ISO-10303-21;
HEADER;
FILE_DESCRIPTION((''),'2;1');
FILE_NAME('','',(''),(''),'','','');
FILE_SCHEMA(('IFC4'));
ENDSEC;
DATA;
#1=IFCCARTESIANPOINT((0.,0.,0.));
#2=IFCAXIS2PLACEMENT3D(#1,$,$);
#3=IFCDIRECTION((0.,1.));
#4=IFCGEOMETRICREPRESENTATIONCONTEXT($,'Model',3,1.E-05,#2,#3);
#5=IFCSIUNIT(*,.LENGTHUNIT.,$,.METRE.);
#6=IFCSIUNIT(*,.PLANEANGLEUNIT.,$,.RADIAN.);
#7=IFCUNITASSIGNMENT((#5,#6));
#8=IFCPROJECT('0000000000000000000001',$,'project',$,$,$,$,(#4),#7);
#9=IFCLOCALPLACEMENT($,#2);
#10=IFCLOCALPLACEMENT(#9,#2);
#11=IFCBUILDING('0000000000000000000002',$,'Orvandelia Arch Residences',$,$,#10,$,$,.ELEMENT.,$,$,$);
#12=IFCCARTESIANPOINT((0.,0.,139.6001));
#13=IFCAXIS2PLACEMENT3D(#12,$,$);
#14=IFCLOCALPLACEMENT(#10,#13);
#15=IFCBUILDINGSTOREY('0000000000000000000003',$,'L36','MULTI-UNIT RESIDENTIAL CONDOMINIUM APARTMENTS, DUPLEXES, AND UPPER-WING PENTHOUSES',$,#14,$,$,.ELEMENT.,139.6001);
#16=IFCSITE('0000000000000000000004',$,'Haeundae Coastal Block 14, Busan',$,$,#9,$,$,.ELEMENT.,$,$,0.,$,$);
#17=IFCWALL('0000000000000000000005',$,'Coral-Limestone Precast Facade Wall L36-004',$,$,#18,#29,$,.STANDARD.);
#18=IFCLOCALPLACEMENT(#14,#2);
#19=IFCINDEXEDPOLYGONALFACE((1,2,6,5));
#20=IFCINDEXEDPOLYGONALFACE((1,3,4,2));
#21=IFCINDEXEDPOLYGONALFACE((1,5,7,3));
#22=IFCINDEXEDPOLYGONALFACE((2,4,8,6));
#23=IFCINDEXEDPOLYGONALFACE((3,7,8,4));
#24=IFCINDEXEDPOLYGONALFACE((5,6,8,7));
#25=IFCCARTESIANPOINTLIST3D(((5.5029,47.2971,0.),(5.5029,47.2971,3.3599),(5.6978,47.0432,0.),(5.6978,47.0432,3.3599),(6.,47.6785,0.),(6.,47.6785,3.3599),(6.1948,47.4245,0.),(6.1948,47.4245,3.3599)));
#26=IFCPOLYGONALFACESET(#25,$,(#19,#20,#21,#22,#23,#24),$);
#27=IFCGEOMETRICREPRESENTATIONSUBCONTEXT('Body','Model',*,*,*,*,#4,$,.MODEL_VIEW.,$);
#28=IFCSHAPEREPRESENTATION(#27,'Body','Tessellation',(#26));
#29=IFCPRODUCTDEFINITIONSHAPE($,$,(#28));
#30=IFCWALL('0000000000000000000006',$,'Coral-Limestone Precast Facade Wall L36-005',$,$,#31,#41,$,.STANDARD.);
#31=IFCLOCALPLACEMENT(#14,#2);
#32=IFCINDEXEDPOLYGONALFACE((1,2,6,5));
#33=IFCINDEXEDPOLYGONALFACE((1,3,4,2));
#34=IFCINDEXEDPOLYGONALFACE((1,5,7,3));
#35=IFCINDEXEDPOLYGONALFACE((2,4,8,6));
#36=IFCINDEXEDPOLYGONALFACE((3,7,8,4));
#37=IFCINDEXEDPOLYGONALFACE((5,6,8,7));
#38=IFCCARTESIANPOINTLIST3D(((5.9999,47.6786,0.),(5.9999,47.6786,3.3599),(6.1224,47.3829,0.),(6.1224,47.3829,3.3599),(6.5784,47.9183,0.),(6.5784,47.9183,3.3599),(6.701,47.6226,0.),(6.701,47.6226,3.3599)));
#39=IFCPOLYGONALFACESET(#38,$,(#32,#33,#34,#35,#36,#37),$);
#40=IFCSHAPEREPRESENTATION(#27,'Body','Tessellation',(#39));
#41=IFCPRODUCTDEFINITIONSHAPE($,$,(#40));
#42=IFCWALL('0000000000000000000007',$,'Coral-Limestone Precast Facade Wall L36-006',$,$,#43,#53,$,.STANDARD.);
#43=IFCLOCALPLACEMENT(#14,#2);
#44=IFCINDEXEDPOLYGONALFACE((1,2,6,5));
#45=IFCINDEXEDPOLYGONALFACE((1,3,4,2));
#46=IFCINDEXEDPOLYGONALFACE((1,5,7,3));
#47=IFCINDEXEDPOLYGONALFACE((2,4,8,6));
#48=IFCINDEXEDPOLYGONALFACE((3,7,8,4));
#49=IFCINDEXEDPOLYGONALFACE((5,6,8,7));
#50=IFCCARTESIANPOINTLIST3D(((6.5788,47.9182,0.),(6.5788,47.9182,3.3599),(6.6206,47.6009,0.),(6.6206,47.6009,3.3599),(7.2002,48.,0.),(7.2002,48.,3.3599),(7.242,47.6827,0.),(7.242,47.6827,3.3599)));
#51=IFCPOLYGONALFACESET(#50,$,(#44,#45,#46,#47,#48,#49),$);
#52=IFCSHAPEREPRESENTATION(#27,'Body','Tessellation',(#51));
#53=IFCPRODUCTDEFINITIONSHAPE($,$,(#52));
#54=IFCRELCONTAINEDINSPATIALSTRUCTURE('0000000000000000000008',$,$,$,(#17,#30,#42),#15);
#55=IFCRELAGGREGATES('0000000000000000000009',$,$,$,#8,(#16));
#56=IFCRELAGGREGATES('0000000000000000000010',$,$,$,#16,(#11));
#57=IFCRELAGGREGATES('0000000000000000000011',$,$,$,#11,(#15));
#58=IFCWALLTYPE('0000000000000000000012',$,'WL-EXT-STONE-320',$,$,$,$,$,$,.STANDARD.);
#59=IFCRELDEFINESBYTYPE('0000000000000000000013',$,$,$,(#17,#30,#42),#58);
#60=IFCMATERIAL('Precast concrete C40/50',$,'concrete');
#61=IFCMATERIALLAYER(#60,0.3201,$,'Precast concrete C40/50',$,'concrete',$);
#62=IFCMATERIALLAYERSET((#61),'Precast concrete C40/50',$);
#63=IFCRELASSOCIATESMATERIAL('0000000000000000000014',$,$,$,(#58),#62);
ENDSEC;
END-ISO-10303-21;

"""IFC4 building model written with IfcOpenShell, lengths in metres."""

from ifc_helpers import new_model, si_unit, direction, frame, frame_2d, origin, place, context, subcontext, project, spatial, rectangle, extrude, material, layer, layer_set, type_object, element, save


model = new_model("IFC4")

# Units and contexts
model_context = context("Model", 3, precision=1e-05, world=origin(), true_north=direction((0.0, 1.0)))
body_context = subcontext(model_context, "Body", "Model", "MODEL_VIEW")
ifc_project = project(units=[si_unit("LENGTHUNIT", "METRE"), si_unit("PLANEANGLEUNIT", "RADIAN")], contexts=[model_context])

# Site, building, storey
site_placement = place(None, origin())
site = spatial("IfcSite", under=ifc_project, at=site_placement, Name="Haeundae Coastal Block 14, Busan", CompositionType="ELEMENT", RefElevation=0.0)
building_placement = place(site_placement, origin())
building = spatial("IfcBuilding", under=site, at=building_placement, Name="Orvandelia Arch Residences", CompositionType="ELEMENT")
storey_placement = place(building_placement, frame((0.0, 0.0, 139.6001)))
storey = spatial("IfcBuildingStorey", under=building, at=storey_placement, Name="L36", Description="MULTI-UNIT RESIDENTIAL CONDOMINIUM APARTMENTS, DUPLEXES, AND UPPER-WING PENTHOUSES", CompositionType="ELEMENT", Elevation=139.6001)

# Walls
ifc_material_1 = material(Name="Precast concrete C40/50", Category="concrete")
ifc_layer_1 = layer(ifc_material_1, 0.3201, Name="Precast concrete C40/50", Category="concrete")
ifc_layer_set_1 = layer_set([ifc_layer_1], Name="Precast concrete C40/50")
wall_type_1 = type_object("IfcWallType", Name="WL-EXT-STONE-320", PredefinedType="STANDARD", material=ifc_layer_set_1)
wall_1_placement = place(storey_placement, frame((5.6003, 47.1702, 0.0), z_axis=(0.0, 0.0, 1.0), x_axis=(0.793406, 0.608693, 0.0)))
element("IfcWall", 1, at=wall_1_placement, inside=storey, type_object=wall_type_1, Name="Coral-Limestone Precast Facade Wall L36-004", PredefinedType="STANDARD", context=body_context, shape_type="SweptSolid", body=[
    extrude(rectangle(XDim=0.6265, YDim=0.3201, at=frame_2d((0.3132, 0.0))), origin(), (0.0, 0.0, 1.0), 3.3599),
])
wall_2_placement = place(storey_placement, frame((6.0613, 47.5308, 0.0), z_axis=(0.0, 0.0, 1.0), x_axis=(0.923836, 0.382788, 0.0)))
element("IfcWall", 2, at=wall_2_placement, inside=storey, type_object=wall_type_1, Name="Coral-Limestone Precast Facade Wall L36-005", PredefinedType="STANDARD", context=body_context, shape_type="SweptSolid", body=[
    extrude(rectangle(XDim=0.6262, YDim=0.3201, at=frame_2d((0.313, 0.0))), origin(), (0.0, 0.0, 1.0), 3.3599),
])
wall_3_placement = place(storey_placement, frame((6.5996, 47.7595, 0.0), z_axis=(0.0, 0.0, 1.0), x_axis=(0.991448, 0.130505, 0.0)))
element("IfcWall", 3, at=wall_3_placement, inside=storey, type_object=wall_type_1, Name="Coral-Limestone Precast Facade Wall L36-006", PredefinedType="STANDARD", context=body_context, shape_type="SweptSolid", body=[
    extrude(rectangle(XDim=0.6267, YDim=0.3201, at=frame_2d((0.3135, 0.0))), origin(), (0.0, 0.0, 1.0), 3.3599),
])

save(model, "model.ifc")
